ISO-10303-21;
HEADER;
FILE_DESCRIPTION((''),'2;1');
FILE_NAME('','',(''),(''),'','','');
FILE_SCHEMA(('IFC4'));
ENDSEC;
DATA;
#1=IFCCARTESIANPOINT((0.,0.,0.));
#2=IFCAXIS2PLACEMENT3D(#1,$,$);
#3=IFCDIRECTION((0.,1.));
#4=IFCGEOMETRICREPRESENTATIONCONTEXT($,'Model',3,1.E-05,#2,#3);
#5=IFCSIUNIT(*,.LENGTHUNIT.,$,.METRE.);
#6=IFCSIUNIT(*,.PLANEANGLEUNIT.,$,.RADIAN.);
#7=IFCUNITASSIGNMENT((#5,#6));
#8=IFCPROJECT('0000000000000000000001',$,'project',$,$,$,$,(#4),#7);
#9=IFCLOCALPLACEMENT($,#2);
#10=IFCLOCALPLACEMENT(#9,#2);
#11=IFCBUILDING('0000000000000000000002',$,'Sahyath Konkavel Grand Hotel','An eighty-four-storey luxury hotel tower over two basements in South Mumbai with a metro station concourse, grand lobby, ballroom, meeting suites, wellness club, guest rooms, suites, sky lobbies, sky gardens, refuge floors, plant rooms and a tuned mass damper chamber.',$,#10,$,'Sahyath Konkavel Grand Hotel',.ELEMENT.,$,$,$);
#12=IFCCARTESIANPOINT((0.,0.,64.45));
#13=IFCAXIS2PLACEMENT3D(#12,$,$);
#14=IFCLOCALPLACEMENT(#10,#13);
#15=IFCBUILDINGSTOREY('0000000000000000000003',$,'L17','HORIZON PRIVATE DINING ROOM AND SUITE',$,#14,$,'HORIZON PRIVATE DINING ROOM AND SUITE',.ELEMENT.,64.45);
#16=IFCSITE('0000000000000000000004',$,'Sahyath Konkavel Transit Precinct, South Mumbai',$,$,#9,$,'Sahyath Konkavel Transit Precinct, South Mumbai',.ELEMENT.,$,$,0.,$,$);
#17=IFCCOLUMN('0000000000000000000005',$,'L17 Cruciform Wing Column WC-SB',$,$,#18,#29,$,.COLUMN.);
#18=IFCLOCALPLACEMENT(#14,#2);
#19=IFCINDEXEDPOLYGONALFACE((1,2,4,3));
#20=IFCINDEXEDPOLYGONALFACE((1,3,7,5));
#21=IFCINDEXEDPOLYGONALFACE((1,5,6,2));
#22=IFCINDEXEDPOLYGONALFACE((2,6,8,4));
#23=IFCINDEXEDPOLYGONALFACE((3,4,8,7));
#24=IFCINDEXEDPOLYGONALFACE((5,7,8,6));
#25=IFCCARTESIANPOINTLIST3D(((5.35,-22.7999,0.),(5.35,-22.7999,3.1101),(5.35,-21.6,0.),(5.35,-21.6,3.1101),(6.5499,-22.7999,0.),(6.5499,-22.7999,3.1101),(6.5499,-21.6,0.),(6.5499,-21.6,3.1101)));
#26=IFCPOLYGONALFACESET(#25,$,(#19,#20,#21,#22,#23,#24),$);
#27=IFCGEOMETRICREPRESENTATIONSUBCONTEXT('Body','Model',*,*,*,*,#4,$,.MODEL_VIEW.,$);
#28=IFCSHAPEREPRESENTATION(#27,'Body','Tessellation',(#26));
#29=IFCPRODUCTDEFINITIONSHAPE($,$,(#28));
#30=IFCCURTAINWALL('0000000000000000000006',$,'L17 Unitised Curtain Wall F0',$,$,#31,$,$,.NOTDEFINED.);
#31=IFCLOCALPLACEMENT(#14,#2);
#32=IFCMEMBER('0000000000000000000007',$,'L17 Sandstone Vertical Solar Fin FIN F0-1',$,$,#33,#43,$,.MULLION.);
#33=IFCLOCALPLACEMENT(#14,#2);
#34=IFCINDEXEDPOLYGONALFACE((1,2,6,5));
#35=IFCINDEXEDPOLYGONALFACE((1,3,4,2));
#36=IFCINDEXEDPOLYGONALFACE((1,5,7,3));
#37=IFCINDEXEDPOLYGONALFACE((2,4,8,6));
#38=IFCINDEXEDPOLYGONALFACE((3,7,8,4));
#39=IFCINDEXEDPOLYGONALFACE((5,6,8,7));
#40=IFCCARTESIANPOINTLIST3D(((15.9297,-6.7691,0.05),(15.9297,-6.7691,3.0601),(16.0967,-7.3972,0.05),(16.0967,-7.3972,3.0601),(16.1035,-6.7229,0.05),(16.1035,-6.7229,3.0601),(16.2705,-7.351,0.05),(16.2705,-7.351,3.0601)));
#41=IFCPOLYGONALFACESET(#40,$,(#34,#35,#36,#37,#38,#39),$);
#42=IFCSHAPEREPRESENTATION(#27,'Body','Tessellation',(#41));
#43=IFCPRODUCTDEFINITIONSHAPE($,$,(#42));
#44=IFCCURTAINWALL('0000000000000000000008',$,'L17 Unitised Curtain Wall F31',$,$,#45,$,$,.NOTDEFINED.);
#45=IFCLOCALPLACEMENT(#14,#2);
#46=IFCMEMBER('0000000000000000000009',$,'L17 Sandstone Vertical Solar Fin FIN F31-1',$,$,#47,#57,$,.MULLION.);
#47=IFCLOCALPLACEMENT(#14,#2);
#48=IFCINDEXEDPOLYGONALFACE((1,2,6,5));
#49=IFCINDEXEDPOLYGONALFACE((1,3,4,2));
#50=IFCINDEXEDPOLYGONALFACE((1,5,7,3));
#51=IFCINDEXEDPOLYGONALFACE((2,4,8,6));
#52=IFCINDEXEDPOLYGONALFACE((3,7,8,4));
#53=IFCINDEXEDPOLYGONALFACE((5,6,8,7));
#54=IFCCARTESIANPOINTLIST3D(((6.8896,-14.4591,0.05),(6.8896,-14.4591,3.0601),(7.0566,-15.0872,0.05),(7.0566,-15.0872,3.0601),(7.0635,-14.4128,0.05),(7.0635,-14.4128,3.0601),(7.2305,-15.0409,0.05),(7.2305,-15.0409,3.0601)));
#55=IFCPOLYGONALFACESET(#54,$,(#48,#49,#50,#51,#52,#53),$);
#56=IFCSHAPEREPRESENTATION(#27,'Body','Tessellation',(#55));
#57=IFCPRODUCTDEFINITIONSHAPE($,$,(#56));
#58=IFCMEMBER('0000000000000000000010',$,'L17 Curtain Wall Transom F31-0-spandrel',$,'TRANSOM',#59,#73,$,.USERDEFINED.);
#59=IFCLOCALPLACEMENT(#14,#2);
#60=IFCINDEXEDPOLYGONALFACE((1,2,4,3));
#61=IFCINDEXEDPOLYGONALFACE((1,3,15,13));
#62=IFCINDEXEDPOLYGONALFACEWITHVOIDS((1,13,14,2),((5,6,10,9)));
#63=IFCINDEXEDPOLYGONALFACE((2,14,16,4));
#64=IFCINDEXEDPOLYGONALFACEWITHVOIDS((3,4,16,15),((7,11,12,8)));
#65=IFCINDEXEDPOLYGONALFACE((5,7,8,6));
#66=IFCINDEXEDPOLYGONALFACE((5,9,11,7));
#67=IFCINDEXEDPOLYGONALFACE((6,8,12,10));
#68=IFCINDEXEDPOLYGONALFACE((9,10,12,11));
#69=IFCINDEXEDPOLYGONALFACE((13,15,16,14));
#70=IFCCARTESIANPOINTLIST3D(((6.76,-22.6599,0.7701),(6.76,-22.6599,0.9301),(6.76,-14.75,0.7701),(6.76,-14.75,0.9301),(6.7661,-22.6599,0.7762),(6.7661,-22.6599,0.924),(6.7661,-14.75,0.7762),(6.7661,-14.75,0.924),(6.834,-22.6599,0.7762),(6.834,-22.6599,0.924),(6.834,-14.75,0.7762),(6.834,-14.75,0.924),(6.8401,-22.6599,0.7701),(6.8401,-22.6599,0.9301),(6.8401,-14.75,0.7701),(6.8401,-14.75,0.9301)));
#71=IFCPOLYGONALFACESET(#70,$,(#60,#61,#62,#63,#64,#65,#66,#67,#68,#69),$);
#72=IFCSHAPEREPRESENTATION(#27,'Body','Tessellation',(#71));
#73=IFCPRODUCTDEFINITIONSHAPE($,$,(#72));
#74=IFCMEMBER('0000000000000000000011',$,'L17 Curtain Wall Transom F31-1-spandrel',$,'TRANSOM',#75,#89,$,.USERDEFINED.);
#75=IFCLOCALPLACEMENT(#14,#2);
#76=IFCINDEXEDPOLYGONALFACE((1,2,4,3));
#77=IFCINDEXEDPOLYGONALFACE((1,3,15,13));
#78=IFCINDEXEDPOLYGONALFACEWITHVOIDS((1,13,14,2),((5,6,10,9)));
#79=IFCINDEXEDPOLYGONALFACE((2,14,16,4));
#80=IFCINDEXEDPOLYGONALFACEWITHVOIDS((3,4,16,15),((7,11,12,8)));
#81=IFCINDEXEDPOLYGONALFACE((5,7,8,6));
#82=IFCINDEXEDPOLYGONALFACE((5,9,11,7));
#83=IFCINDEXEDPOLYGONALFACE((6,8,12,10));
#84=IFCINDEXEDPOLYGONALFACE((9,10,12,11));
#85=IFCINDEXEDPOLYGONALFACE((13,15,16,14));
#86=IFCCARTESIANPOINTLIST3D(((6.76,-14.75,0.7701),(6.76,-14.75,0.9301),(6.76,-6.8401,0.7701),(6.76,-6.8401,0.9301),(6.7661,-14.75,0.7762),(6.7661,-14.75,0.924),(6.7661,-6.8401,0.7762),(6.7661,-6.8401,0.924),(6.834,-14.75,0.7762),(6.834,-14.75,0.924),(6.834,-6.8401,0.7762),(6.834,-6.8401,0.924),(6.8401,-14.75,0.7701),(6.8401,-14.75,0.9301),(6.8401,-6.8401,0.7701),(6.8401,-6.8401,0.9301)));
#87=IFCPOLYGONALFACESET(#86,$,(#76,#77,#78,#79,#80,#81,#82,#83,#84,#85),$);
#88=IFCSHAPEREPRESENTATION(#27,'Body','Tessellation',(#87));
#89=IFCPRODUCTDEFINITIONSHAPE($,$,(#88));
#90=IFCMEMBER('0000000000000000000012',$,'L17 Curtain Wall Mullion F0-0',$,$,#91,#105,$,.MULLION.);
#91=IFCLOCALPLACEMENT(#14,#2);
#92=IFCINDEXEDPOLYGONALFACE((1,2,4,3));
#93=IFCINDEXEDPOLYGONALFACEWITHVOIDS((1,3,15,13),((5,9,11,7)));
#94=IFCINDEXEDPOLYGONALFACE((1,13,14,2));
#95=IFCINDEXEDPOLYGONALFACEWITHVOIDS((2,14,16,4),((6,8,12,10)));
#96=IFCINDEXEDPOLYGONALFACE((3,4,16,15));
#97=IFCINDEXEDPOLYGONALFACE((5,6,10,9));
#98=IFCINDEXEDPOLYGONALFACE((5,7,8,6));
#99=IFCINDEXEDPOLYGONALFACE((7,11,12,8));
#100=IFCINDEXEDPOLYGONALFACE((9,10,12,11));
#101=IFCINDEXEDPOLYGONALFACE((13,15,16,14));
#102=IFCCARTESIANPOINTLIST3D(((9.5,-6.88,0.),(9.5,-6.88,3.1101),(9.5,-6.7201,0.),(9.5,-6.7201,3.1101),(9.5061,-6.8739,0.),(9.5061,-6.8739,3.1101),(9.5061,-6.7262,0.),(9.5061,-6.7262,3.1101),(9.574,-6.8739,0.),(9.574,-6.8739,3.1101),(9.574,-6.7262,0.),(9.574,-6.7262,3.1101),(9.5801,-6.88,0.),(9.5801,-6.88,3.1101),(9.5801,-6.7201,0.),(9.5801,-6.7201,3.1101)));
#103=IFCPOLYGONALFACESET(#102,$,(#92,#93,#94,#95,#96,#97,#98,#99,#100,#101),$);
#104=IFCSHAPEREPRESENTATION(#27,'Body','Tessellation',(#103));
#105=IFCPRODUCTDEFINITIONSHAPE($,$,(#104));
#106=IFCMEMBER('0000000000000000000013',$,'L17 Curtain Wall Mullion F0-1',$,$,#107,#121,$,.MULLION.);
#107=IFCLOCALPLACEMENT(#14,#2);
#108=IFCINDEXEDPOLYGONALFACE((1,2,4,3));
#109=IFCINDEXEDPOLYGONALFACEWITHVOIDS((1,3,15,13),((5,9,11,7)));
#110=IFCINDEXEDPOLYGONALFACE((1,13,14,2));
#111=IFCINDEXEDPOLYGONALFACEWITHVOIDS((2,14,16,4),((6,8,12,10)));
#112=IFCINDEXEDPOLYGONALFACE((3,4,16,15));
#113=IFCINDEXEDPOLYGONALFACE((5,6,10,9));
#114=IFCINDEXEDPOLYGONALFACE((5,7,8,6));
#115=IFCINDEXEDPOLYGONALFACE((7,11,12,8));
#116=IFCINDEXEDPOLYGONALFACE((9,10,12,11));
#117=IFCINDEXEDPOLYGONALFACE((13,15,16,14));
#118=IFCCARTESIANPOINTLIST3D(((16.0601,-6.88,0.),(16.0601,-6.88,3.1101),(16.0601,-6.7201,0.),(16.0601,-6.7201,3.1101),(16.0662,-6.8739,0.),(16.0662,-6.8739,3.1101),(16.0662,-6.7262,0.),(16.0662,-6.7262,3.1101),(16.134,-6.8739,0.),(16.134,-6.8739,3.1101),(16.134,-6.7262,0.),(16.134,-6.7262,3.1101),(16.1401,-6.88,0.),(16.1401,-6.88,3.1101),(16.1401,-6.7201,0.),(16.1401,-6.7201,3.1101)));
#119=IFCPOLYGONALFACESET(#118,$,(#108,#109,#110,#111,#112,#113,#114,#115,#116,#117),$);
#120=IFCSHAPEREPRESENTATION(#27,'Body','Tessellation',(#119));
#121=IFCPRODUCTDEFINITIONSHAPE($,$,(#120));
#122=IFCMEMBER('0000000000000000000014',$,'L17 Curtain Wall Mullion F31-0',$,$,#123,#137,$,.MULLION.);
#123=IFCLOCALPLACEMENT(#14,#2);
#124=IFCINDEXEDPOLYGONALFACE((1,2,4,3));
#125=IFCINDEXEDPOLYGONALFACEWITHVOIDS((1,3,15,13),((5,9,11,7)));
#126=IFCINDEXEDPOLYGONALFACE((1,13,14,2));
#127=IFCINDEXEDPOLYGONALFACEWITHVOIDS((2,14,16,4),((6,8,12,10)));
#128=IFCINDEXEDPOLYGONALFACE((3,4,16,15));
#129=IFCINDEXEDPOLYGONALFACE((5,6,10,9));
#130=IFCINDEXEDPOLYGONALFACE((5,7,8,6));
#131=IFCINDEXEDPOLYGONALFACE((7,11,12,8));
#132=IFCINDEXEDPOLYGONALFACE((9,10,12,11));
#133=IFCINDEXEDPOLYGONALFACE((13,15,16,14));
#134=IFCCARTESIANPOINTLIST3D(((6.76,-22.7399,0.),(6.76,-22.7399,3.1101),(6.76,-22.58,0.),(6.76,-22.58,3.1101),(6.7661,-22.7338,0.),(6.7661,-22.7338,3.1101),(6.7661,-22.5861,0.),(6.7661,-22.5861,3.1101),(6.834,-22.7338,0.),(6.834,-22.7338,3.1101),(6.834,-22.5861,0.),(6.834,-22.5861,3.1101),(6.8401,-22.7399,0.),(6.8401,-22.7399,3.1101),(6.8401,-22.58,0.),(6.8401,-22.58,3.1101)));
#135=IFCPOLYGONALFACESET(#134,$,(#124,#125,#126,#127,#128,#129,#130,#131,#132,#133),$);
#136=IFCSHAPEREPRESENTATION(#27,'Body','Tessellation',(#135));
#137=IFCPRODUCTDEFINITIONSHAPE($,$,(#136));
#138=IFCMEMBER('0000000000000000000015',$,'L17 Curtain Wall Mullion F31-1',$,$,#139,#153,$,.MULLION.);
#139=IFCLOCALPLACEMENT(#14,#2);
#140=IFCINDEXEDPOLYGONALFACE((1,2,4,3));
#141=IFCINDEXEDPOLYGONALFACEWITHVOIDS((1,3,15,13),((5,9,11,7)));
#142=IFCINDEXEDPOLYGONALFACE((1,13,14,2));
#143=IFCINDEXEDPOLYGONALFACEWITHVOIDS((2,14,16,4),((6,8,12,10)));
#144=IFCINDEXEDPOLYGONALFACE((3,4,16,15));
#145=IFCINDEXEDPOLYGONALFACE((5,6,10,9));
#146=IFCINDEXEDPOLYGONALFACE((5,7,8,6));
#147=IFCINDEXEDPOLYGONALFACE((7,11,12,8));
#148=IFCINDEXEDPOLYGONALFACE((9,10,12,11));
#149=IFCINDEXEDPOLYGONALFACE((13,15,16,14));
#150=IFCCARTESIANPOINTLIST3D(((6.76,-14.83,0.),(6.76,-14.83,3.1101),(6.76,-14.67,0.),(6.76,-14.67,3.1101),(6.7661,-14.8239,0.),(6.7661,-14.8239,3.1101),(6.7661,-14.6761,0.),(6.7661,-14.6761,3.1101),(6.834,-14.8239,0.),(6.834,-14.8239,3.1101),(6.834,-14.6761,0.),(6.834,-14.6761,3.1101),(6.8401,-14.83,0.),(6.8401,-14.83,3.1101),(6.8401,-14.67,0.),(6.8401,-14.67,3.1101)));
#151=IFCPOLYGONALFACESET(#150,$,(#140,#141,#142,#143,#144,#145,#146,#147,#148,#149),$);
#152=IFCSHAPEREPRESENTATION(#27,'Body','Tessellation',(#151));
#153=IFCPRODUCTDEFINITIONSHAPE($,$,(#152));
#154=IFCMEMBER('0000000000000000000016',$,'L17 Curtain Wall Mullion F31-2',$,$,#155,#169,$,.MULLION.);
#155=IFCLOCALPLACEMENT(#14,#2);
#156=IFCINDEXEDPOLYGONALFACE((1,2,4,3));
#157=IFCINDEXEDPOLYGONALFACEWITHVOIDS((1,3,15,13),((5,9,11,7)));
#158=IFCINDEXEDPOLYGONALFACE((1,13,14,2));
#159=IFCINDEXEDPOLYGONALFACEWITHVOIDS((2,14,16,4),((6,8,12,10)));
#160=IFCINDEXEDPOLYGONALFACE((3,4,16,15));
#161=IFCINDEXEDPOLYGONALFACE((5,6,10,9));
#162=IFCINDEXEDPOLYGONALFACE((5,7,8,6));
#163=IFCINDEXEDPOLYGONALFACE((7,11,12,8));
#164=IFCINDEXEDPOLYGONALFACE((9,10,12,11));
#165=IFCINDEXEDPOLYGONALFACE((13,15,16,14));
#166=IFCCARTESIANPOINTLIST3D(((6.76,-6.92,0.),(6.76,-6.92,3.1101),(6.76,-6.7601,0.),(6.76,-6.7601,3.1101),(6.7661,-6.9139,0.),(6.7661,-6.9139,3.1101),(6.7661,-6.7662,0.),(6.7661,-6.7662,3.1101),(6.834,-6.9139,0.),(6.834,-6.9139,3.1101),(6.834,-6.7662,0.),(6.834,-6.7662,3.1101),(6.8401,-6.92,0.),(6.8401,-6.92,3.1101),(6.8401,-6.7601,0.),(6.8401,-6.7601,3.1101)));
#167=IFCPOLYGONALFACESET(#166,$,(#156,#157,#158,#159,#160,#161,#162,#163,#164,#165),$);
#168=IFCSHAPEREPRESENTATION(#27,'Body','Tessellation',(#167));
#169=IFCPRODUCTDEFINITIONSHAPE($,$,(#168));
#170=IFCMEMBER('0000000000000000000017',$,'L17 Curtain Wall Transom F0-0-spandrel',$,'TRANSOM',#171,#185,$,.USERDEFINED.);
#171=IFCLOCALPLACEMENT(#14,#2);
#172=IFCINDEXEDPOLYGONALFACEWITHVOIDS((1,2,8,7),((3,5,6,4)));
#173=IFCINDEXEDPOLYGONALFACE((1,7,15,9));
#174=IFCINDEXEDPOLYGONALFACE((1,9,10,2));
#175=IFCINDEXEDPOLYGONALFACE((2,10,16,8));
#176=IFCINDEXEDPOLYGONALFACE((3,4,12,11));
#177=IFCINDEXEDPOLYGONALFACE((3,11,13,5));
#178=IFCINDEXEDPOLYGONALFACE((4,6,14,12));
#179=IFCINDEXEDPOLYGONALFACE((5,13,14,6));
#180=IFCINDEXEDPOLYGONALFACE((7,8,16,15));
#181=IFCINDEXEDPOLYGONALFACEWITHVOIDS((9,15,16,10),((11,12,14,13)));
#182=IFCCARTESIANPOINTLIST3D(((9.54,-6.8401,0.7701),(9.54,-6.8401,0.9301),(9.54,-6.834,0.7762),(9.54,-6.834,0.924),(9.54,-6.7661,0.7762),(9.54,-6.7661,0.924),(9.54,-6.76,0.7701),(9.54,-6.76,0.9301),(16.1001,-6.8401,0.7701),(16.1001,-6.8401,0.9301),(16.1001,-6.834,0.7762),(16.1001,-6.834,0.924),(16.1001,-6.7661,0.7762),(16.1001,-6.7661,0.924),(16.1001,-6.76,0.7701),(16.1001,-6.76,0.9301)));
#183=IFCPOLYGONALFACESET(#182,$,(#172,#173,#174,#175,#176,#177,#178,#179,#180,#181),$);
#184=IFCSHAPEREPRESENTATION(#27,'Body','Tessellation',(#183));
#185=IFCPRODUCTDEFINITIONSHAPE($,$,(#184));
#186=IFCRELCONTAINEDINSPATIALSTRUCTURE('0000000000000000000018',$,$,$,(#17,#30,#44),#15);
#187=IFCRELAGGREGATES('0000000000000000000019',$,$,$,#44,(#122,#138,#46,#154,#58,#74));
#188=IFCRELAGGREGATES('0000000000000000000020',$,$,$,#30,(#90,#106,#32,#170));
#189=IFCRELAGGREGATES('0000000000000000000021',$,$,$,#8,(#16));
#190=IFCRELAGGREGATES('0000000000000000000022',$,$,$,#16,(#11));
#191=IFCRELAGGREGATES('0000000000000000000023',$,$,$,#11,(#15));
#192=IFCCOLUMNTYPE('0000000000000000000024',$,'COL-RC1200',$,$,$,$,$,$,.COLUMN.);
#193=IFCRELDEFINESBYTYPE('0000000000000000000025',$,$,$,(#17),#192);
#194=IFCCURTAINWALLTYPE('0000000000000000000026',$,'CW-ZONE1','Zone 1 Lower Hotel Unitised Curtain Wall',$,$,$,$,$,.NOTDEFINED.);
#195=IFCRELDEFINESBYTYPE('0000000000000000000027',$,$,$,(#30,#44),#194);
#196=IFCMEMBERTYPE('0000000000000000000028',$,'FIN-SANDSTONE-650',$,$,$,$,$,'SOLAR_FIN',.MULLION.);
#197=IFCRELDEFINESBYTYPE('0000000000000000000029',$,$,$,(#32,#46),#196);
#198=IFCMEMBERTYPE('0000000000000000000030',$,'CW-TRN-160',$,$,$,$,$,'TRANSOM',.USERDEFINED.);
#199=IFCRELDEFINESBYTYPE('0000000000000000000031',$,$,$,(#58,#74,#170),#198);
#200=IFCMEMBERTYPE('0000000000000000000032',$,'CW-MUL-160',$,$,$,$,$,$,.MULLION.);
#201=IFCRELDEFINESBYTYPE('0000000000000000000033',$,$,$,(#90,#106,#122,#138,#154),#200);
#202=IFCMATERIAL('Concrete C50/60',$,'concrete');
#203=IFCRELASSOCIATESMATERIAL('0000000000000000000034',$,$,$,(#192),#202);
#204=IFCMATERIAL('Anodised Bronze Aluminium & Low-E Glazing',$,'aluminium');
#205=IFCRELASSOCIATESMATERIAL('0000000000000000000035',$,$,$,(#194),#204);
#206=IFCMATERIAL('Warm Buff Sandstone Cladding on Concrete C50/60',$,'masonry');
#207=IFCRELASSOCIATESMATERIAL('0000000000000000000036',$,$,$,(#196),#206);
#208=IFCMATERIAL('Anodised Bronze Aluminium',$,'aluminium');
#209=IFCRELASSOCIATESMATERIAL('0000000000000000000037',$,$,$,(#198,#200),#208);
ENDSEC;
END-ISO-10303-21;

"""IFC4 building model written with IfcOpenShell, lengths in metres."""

from ifc_helpers import new_model, si_unit, direction, frame, origin, origin_2d, place, context, subcontext, project, spatial, rectangle, hollow_rectangle, extrude, source, transform, mapped, material, material_profile, profile_set, type_object, element, aggregate, save


model = new_model("IFC4")

# Units and contexts
model_context = context("Model", 3, precision=1e-05, world=origin(), true_north=direction((0.0, 1.0)))
body_context = subcontext(model_context, "Body", "Model", "MODEL_VIEW")
ifc_project = project(units=[si_unit("LENGTHUNIT", "METRE"), si_unit("PLANEANGLEUNIT", "RADIAN")], contexts=[model_context])

# Site, building, storey
site_placement = place(None, origin())
site = spatial("IfcSite", under=ifc_project, at=site_placement, Name="Sahyath Konkavel Transit Precinct, South Mumbai", LongName="Sahyath Konkavel Transit Precinct, South Mumbai", CompositionType="ELEMENT", RefElevation=0.0)
building_placement = place(site_placement, origin())
building = spatial("IfcBuilding", under=site, at=building_placement, Name="Sahyath Konkavel Grand Hotel", Description="An eighty-four-storey luxury hotel tower over two basements in South Mumbai with a metro station concourse, grand lobby, ballroom, meeting suites, wellness club, guest rooms, suites, sky lobbies, sky gardens, refuge floors, plant rooms and a tuned mass damper chamber.", LongName="Sahyath Konkavel Grand Hotel", CompositionType="ELEMENT")
storey_placement = place(building_placement, frame((0.0, 0.0, 64.45)))
storey = spatial("IfcBuildingStorey", under=building, at=storey_placement, Name="L17", Description="HORIZON PRIVATE DINING ROOM AND SUITE", LongName="HORIZON PRIVATE DINING ROOM AND SUITE", CompositionType="ELEMENT", Elevation=64.45)

# Column
ifc_material_1 = material(Name="Concrete C50/60", Category="concrete")
ifc_material_profile_1 = material_profile(ifc_material_1, rectangle(XDim=1.2, YDim=1.2, at=origin_2d()), Name="RC 1200x1200")
ifc_profile_set_1 = profile_set([ifc_material_profile_1], Name="Concrete C50/60")
column_type = type_object("IfcColumnType", Name="COL-RC1200", PredefinedType="COLUMN", material=ifc_profile_set_1)
shared_shape_1 = source(origin(), body_context, "Body", "SweptSolid", [
    extrude(rectangle(XDim=1.2, YDim=1.2, at=origin_2d()), origin(), (0.0, 0.0, 1.0), 3.1101),
])
column_placement = place(storey_placement, frame((5.95, -22.2, 0.0), z_axis=(0.0, 0.0, 1.0), x_axis=(1.0, 0.0, 0.0)))
element("IfcColumn", 1, at=column_placement, inside=storey, type_object=column_type, Name="L17 Cruciform Wing Column WC-SB", PredefinedType="COLUMN", context=body_context, shape_type="MappedRepresentation", body=[
    mapped(shared_shape_1, transform((0.0, 0.0, 0.0), scale=1.0)),
])

# Curtain wall, member
ifc_material_2 = material(Name="Anodised Bronze Aluminium & Low-E Glazing", Category="aluminium")
curtain_wall_type = type_object("IfcCurtainWallType", Name="CW-ZONE1", Description="Zone 1 Lower Hotel Unitised Curtain Wall", PredefinedType="NOTDEFINED", material=ifc_material_2)
curtain_wall_1_placement = place(storey_placement, origin())
curtain_wall_1 = element("IfcCurtainWall", 2, at=curtain_wall_1_placement, inside=storey, type_object=curtain_wall_type, Name="L17 Unitised Curtain Wall F0", PredefinedType="NOTDEFINED")
ifc_material_3 = material(Name="Warm Buff Sandstone Cladding on Concrete C50/60", Category="masonry")
ifc_material_profile_2 = material_profile(ifc_material_3, rectangle(XDim=0.1799, YDim=0.6499, at=origin_2d()), Name="FIN 180x650")
ifc_profile_set_2 = profile_set([ifc_material_profile_2], Name="Warm Buff Sandstone Cladding on Concrete C50/60")
member_type_1 = type_object("IfcMemberType", Name="FIN-SANDSTONE-650", ElementType="SOLAR_FIN", PredefinedType="MULLION", material=ifc_profile_set_2)
shared_shape_2 = source(origin(), body_context, "Body", "SweptSolid", [
    extrude(rectangle(XDim=0.1799, YDim=0.6499, at=origin_2d()), origin(), (0.0, 0.0, 1.0), 3.01),
])
member_1_placement = place(storey_placement, frame((16.1001, -7.0601, 0.05), z_axis=(0.0, 0.0, 1.0), x_axis=(0.966421, 0.256964, 0.0)))
member_1 = element("IfcMember", 3, at=member_1_placement, type_object=member_type_1, Name="L17 Sandstone Vertical Solar Fin FIN F0-1", PredefinedType="MULLION", context=body_context, shape_type="MappedRepresentation", body=[
    mapped(shared_shape_2, transform((0.0, 0.0, 0.0), scale=1.0)),
])

# Curtain wall, members
curtain_wall_2_placement = place(storey_placement, origin())
curtain_wall_2 = element("IfcCurtainWall", 4, at=curtain_wall_2_placement, inside=storey, type_object=curtain_wall_type, Name="L17 Unitised Curtain Wall F31", PredefinedType="NOTDEFINED")
member_2_placement = place(storey_placement, frame((7.0601, -14.75, 0.05), z_axis=(0.0, 0.0, 1.0), x_axis=(0.966421, 0.256964, 0.0)))
member_2 = element("IfcMember", 5, at=member_2_placement, type_object=member_type_1, Name="L17 Sandstone Vertical Solar Fin FIN F31-1", PredefinedType="MULLION", context=body_context, shape_type="MappedRepresentation", body=[
    mapped(shared_shape_2, transform((0.0, 0.0, 0.0), scale=1.0)),
])
ifc_material_4 = material(Name="Anodised Bronze Aluminium", Category="aluminium")
ifc_material_profile_3 = material_profile(ifc_material_4, hollow_rectangle(XDim=0.0801, YDim=0.1599, WallThickness=0.0061, at=origin_2d()), Name="RHS 160x80x6")
ifc_profile_set_3 = profile_set([ifc_material_profile_3], Name="Anodised Bronze Aluminium")
member_type_2 = type_object("IfcMemberType", Name="CW-TRN-160", ElementType="TRANSOM", PredefinedType="USERDEFINED", material=ifc_profile_set_3)
shared_shape_3 = source(origin(), body_context, "Body", "SweptSolid", [
    extrude(hollow_rectangle(XDim=0.0801, YDim=0.1599, WallThickness=0.0061, at=origin_2d()), origin(), (0.0, 0.0, 1.0), 7.9099),
])
member_3_placement = place(storey_placement, frame((6.8, -22.6599, 0.8501), z_axis=(0.0, 1.0, 0.0), x_axis=(-1.0, 0.0, 0.0)))
member_3 = element("IfcMember", 6, at=member_3_placement, type_object=member_type_2, Name="L17 Curtain Wall Transom F31-0-spandrel", ObjectType="TRANSOM", PredefinedType="USERDEFINED", context=body_context, shape_type="MappedRepresentation", body=[
    mapped(shared_shape_3, transform((0.0, 0.0, 0.0), scale=1.0)),
])
member_4_placement = place(storey_placement, frame((6.8, -14.75, 0.8501), z_axis=(0.0, 1.0, 0.0), x_axis=(-1.0, 0.0, 0.0)))
member_4 = element("IfcMember", 7, at=member_4_placement, type_object=member_type_2, Name="L17 Curtain Wall Transom F31-1-spandrel", ObjectType="TRANSOM", PredefinedType="USERDEFINED", context=body_context, shape_type="MappedRepresentation", body=[
    mapped(shared_shape_3, transform((0.0, 0.0, 0.0), scale=1.0)),
])

# Members
ifc_material_profile_4 = material_profile(ifc_material_4, hollow_rectangle(XDim=0.0801, YDim=0.1599, WallThickness=0.0061, at=origin_2d()), Name="RHS 160x80x6")
ifc_profile_set_4 = profile_set([ifc_material_profile_4], Name="Anodised Bronze Aluminium")
member_type_3 = type_object("IfcMemberType", Name="CW-MUL-160", PredefinedType="MULLION", material=ifc_profile_set_4)
shared_shape_4 = source(origin(), body_context, "Body", "SweptSolid", [
    extrude(hollow_rectangle(XDim=0.0801, YDim=0.1599, WallThickness=0.0061, at=origin_2d()), origin(), (0.0, 0.0, 1.0), 3.1101),
])
member_5_placement = place(storey_placement, frame((9.54, -6.8, 0.0), z_axis=(0.0, 0.0, 1.0), x_axis=(1.0, 0.0, 0.0)))
member_5 = element("IfcMember", 8, at=member_5_placement, type_object=member_type_3, Name="L17 Curtain Wall Mullion F0-0", PredefinedType="MULLION", context=body_context, shape_type="MappedRepresentation", body=[
    mapped(shared_shape_4, transform((0.0, 0.0, 0.0), scale=1.0)),
])
member_6_placement = place(storey_placement, frame((16.1001, -6.8, 0.0), z_axis=(0.0, 0.0, 1.0), x_axis=(1.0, 0.0, 0.0)))
member_6 = element("IfcMember", 9, at=member_6_placement, type_object=member_type_3, Name="L17 Curtain Wall Mullion F0-1", PredefinedType="MULLION", context=body_context, shape_type="MappedRepresentation", body=[
    mapped(shared_shape_4, transform((0.0, 0.0, 0.0), scale=1.0)),
])
member_7_placement = place(storey_placement, frame((6.8, -22.6599, 0.0), z_axis=(0.0, 0.0, 1.0), x_axis=(1.0, 0.0, 0.0)))
member_7 = element("IfcMember", 10, at=member_7_placement, type_object=member_type_3, Name="L17 Curtain Wall Mullion F31-0", PredefinedType="MULLION", context=body_context, shape_type="MappedRepresentation", body=[
    mapped(shared_shape_4, transform((0.0, 0.0, 0.0), scale=1.0)),
])
member_8_placement = place(storey_placement, frame((6.8, -14.75, 0.0), z_axis=(0.0, 0.0, 1.0), x_axis=(1.0, 0.0, 0.0)))
member_8 = element("IfcMember", 11, at=member_8_placement, type_object=member_type_3, Name="L17 Curtain Wall Mullion F31-1", PredefinedType="MULLION", context=body_context, shape_type="MappedRepresentation", body=[
    mapped(shared_shape_4, transform((0.0, 0.0, 0.0), scale=1.0)),
])
member_9_placement = place(storey_placement, frame((6.8, -6.8401, 0.0), z_axis=(0.0, 0.0, 1.0), x_axis=(1.0, 0.0, 0.0)))
member_9 = element("IfcMember", 12, at=member_9_placement, type_object=member_type_3, Name="L17 Curtain Wall Mullion F31-2", PredefinedType="MULLION", context=body_context, shape_type="MappedRepresentation", body=[
    mapped(shared_shape_4, transform((0.0, 0.0, 0.0), scale=1.0)),
])
shared_shape_5 = source(origin(), body_context, "Body", "SweptSolid", [
    extrude(hollow_rectangle(XDim=0.0801, YDim=0.1599, WallThickness=0.0061, at=origin_2d()), origin(), (0.0, 0.0, 1.0), 6.5601),
])
member_10_placement = place(storey_placement, frame((9.54, -6.8, 0.8501), z_axis=(1.0, 0.0, 0.0), x_axis=(0.0, 1.0, 0.0)))
member_10 = element("IfcMember", 13, at=member_10_placement, type_object=member_type_2, Name="L17 Curtain Wall Transom F0-0-spandrel", ObjectType="TRANSOM", PredefinedType="USERDEFINED", context=body_context, shape_type="MappedRepresentation", body=[
    mapped(shared_shape_5, transform((0.0, 0.0, 0.0), scale=1.0)),
])

aggregate(curtain_wall_2, [member_7, member_8, member_2, member_9, member_3, member_4])
aggregate(curtain_wall_1, [member_5, member_6, member_1, member_10])

save(model, "model.ifc")
